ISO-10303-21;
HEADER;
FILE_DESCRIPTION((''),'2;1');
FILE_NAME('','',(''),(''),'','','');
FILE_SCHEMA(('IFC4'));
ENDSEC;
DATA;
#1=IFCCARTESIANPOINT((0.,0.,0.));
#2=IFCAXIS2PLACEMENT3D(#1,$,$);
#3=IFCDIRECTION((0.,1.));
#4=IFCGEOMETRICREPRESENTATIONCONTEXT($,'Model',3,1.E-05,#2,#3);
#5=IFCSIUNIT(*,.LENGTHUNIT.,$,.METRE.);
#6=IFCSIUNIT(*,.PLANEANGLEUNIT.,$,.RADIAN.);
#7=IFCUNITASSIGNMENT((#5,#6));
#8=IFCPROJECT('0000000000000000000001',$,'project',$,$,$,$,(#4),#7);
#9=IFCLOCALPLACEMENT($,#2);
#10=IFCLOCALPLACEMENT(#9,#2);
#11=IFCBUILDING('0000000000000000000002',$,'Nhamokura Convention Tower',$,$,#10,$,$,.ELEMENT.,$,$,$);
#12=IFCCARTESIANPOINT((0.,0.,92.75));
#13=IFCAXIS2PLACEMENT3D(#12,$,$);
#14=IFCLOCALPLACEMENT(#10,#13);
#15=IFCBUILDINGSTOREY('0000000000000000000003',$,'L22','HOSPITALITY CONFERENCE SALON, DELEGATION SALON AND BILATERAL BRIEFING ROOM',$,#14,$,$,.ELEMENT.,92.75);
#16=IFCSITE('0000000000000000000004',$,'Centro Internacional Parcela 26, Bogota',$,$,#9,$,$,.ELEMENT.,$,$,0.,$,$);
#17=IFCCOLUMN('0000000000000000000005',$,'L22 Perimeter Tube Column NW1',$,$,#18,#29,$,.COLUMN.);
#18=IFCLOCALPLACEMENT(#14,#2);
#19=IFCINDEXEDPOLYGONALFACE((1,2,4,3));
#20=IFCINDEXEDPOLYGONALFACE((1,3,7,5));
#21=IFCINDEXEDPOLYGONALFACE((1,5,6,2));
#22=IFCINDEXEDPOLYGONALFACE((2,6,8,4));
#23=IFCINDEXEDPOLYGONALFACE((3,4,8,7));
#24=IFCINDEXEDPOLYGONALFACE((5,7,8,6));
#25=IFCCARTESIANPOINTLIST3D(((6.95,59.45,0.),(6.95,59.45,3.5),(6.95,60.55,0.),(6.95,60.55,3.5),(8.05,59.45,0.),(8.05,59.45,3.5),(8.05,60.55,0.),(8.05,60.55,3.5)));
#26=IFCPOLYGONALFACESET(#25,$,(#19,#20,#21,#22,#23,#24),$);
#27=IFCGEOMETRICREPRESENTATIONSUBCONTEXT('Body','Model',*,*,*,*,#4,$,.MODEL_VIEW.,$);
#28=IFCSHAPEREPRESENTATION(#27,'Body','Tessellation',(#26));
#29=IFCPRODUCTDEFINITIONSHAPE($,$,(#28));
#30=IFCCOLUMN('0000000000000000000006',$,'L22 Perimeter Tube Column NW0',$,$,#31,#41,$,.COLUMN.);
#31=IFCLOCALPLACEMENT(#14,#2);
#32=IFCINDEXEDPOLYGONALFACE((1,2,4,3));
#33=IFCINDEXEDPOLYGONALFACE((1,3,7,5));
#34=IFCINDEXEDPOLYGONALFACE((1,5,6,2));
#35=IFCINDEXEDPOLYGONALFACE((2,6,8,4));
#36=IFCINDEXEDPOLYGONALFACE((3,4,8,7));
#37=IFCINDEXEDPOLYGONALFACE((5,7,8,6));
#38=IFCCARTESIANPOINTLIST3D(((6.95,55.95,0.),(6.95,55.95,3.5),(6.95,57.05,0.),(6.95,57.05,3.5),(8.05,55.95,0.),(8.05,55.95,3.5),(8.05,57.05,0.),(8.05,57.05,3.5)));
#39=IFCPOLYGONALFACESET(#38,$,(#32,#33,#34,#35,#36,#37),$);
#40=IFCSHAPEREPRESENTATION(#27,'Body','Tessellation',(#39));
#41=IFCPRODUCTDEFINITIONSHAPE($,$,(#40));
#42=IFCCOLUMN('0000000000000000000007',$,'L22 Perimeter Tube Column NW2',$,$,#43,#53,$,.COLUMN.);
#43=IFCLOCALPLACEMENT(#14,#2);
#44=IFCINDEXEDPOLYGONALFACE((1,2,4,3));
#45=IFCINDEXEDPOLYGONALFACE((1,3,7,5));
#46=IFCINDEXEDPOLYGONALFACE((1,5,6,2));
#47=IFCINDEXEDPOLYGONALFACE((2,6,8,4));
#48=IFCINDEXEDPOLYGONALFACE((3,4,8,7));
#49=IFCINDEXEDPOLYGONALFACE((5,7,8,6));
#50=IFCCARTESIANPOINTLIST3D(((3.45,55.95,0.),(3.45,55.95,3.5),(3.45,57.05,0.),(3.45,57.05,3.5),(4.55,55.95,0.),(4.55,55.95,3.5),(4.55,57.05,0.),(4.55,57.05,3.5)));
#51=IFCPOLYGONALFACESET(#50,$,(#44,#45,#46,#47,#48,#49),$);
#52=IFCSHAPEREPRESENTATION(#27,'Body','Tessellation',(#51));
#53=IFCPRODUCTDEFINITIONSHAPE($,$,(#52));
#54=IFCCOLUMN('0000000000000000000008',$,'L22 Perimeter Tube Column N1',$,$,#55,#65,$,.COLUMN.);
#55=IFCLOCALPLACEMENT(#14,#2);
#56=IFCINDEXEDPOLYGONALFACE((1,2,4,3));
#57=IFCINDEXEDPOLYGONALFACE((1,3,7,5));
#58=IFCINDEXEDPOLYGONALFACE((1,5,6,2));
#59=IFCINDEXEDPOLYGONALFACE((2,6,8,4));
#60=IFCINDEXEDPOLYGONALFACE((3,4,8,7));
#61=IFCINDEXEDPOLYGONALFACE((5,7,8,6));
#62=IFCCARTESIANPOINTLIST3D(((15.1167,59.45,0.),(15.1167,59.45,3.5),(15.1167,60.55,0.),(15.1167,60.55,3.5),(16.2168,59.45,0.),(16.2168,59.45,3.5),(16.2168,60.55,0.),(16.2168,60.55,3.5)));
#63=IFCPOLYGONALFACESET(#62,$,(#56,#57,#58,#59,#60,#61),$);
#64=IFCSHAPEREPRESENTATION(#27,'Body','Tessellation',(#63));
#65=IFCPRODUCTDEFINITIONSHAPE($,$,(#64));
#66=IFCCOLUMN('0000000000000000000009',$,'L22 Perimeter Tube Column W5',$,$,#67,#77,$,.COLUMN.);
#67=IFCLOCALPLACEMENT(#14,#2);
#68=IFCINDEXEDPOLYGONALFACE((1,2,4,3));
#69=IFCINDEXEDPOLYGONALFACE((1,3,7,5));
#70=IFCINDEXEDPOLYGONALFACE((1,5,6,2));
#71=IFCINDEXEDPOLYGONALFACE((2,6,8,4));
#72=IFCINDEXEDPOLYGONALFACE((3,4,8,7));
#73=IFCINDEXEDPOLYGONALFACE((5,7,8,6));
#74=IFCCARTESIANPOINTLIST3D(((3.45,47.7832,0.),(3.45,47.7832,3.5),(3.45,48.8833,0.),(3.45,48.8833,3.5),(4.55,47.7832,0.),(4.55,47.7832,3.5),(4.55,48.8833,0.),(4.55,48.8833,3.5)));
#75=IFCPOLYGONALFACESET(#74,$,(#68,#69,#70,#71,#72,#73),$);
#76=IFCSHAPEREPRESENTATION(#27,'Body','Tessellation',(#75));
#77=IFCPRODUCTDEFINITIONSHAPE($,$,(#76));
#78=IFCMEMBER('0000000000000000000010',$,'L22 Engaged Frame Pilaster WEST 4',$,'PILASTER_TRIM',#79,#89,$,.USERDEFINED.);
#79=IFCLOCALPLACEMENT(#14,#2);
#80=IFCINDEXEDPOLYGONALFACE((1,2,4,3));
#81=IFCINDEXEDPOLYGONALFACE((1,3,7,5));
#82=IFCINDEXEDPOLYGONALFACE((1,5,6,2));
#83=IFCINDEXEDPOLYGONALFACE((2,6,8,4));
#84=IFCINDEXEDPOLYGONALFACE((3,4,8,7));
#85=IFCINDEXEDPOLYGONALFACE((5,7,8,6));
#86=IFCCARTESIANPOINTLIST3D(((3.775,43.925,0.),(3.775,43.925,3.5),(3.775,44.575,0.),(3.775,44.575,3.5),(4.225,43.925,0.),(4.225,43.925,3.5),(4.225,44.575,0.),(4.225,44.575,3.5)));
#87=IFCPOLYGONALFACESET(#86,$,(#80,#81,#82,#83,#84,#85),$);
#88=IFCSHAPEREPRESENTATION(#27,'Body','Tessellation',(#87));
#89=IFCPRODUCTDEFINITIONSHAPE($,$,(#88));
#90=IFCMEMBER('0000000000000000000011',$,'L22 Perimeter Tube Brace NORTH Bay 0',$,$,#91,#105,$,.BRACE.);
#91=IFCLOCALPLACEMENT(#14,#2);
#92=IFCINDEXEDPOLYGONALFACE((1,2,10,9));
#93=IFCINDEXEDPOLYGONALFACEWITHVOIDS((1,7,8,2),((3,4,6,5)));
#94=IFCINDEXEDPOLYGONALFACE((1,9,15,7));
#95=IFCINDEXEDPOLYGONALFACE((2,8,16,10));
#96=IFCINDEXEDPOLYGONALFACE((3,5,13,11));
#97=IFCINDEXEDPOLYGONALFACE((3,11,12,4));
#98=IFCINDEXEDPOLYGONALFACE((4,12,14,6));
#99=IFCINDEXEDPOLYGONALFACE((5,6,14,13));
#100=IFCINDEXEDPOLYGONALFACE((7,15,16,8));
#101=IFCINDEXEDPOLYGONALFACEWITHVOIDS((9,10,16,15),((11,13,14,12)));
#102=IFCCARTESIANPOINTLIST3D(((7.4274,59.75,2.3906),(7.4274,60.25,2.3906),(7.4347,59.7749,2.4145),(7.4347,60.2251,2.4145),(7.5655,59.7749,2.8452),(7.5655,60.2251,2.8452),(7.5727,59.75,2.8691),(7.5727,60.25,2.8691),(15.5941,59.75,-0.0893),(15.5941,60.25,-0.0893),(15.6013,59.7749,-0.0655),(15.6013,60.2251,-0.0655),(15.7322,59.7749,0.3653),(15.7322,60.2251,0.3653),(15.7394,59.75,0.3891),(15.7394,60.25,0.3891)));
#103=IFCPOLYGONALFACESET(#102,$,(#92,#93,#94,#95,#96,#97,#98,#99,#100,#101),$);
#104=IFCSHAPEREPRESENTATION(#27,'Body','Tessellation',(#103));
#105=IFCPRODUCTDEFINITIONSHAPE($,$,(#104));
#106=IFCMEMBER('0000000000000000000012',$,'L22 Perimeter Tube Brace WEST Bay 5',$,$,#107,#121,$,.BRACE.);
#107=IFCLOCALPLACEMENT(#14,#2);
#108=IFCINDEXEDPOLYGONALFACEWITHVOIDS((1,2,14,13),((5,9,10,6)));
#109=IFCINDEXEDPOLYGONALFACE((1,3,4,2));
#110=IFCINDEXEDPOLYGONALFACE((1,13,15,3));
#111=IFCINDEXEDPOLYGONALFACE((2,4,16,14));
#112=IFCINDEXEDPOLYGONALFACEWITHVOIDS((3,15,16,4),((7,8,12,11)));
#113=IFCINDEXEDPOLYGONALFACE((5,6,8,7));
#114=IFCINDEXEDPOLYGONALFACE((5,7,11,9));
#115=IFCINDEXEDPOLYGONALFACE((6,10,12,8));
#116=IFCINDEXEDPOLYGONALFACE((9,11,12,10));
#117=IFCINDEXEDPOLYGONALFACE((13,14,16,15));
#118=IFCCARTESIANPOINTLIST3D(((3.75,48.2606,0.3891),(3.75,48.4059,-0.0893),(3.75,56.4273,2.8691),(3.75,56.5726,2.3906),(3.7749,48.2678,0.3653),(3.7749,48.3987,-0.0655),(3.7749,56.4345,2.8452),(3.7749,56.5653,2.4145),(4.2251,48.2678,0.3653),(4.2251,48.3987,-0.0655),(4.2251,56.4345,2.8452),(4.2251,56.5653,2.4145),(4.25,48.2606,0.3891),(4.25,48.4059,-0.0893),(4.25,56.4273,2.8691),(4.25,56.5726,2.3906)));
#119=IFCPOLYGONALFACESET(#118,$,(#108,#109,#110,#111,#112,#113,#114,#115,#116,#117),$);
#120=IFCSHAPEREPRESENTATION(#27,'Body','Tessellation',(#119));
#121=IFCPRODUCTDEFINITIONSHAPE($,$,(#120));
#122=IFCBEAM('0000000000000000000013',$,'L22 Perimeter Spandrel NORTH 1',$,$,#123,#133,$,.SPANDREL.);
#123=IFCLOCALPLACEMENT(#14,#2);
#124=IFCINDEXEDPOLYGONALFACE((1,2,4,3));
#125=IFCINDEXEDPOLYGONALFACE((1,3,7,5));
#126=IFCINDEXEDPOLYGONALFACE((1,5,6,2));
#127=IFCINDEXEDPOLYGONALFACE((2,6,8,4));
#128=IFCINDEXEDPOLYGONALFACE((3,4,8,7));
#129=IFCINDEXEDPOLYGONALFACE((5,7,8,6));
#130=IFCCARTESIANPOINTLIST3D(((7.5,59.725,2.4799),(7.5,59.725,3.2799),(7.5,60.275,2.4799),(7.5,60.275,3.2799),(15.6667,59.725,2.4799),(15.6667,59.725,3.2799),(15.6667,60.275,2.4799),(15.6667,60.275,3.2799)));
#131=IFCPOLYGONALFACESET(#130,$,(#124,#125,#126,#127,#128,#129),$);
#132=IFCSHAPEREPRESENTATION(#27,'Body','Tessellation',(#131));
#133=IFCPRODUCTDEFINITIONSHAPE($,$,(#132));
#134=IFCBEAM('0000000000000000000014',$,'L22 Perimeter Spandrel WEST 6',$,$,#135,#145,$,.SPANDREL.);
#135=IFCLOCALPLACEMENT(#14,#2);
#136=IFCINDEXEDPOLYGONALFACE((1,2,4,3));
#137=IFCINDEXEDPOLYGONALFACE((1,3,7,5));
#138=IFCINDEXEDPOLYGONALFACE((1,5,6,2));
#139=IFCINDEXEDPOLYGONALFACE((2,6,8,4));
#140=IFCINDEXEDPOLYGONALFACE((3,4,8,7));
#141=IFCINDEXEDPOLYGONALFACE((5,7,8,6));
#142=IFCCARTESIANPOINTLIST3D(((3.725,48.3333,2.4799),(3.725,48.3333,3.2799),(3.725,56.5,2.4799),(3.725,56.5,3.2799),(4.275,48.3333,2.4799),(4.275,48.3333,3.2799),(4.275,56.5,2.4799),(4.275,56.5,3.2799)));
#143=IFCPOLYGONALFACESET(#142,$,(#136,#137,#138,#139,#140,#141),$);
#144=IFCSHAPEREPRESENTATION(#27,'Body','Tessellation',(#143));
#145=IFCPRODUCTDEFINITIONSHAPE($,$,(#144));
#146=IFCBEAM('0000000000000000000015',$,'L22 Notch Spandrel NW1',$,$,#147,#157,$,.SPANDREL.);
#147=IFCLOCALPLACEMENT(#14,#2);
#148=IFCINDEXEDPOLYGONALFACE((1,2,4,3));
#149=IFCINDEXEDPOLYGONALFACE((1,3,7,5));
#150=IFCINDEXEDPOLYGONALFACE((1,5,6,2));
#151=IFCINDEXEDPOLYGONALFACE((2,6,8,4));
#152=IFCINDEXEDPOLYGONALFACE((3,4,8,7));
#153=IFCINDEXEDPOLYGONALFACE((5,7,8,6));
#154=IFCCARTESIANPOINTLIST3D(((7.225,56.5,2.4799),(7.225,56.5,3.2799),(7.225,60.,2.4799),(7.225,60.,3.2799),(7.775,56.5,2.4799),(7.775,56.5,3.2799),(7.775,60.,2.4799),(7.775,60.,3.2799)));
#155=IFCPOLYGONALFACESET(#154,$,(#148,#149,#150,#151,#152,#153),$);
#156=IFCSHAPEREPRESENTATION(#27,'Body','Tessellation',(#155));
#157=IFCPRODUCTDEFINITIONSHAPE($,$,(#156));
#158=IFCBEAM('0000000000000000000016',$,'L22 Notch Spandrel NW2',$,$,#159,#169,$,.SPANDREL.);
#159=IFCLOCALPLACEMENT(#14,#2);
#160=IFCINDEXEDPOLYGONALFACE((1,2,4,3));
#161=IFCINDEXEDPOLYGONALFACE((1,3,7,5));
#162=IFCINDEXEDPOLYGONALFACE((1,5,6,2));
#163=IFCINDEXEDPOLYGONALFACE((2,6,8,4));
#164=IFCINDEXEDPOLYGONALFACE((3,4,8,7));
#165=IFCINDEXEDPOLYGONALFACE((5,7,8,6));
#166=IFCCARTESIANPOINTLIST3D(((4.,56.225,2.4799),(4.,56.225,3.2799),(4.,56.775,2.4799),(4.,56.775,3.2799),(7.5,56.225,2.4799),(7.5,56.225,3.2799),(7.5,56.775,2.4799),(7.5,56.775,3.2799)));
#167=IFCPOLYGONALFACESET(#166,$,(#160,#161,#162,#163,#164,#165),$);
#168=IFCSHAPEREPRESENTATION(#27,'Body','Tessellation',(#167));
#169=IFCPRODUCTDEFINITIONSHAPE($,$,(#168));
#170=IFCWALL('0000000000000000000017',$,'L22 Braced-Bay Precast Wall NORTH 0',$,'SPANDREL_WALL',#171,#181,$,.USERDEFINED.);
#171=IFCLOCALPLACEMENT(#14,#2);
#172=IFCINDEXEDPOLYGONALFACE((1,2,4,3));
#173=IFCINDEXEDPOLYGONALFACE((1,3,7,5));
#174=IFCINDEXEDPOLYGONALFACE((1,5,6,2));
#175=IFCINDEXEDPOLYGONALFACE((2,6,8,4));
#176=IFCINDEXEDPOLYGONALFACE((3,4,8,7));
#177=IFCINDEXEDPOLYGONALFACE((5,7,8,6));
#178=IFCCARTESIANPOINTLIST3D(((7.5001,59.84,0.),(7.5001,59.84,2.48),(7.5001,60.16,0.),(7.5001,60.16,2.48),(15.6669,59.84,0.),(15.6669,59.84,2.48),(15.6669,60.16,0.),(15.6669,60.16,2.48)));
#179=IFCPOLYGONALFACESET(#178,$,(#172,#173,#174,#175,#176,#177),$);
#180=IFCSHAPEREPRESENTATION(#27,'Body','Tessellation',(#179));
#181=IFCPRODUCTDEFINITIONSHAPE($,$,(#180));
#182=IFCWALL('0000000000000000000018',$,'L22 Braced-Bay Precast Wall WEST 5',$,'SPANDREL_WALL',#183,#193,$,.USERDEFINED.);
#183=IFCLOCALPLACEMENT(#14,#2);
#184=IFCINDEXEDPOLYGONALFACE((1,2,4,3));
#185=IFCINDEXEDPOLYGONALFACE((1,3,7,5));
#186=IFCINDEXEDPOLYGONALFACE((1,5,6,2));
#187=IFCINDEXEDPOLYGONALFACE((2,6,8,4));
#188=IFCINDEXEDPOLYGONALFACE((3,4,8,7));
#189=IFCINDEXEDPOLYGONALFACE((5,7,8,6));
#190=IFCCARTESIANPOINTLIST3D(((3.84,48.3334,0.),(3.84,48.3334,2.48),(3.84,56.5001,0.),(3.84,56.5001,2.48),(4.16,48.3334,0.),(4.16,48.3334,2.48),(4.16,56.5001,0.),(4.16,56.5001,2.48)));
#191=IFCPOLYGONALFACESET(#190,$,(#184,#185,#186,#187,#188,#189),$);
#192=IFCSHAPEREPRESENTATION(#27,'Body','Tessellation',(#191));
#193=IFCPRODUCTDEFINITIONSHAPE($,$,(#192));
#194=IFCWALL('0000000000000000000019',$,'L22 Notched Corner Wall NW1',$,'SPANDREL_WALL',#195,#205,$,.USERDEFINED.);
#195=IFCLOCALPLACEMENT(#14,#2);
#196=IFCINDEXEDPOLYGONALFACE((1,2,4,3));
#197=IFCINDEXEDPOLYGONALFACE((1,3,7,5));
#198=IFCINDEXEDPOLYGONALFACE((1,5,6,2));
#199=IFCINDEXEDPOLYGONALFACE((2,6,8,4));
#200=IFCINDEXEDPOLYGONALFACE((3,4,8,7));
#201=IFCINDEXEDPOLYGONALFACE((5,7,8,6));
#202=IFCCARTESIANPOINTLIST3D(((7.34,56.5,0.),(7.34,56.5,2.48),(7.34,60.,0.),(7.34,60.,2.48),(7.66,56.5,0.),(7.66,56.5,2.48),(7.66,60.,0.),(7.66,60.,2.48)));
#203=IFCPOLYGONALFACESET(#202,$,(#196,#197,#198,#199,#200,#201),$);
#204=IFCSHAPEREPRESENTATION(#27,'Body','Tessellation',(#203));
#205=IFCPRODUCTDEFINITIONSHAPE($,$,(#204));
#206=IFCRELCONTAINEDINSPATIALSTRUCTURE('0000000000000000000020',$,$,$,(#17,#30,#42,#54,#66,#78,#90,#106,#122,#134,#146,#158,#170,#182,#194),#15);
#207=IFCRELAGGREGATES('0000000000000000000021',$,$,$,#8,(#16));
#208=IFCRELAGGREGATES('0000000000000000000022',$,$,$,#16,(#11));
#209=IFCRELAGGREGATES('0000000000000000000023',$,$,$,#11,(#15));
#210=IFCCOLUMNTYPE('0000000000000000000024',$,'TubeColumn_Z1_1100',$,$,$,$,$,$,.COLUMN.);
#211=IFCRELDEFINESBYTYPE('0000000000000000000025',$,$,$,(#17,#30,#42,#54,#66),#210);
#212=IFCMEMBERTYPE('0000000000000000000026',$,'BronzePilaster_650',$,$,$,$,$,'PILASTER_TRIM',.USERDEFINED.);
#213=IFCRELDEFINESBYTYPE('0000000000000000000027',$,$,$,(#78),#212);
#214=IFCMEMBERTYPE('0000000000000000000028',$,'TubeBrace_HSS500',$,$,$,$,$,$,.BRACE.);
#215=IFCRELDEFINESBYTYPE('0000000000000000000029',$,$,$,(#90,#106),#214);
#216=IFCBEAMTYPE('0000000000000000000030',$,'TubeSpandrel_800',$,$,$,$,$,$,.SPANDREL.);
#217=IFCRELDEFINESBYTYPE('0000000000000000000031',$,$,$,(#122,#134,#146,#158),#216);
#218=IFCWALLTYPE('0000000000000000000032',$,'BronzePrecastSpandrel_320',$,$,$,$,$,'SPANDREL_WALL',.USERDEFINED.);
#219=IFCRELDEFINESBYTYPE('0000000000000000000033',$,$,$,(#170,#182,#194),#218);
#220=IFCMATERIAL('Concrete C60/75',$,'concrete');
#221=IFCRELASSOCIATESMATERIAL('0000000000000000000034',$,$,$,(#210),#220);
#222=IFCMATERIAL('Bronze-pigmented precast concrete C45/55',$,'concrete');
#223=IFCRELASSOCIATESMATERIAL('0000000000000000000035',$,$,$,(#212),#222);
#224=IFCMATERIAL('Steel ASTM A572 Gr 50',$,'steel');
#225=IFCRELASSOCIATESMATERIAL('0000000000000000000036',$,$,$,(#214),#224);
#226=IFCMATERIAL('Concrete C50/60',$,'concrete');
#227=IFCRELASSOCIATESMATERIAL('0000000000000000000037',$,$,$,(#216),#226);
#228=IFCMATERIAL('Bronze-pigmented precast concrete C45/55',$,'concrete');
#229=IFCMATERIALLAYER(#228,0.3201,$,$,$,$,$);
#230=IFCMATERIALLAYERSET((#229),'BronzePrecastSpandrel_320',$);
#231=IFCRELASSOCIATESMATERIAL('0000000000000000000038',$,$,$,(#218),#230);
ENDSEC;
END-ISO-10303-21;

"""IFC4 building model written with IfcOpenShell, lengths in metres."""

from ifc_helpers import new_model, si_unit, direction, frame, frame_2d, origin, origin_2d, place, context, subcontext, project, spatial, rectangle, hollow_rectangle, extrude, material, layer, layer_set, material_profile, profile_set, type_object, element, save


model = new_model("IFC4")

# Units and contexts
model_context = context("Model", 3, precision=1e-05, world=origin(), true_north=direction((0.0, 1.0)))
body_context = subcontext(model_context, "Body", "Model", "MODEL_VIEW")
ifc_project = project(units=[si_unit("LENGTHUNIT", "METRE"), si_unit("PLANEANGLEUNIT", "RADIAN")], contexts=[model_context])

# Site, building, storey
site_placement = place(None, origin())
site = spatial("IfcSite", under=ifc_project, at=site_placement, Name="Centro Internacional Parcela 26, Bogota", CompositionType="ELEMENT", RefElevation=0.0)
building_placement = place(site_placement, origin())
building = spatial("IfcBuilding", under=site, at=building_placement, Name="Nhamokura Convention Tower", CompositionType="ELEMENT")
storey_placement = place(building_placement, frame((0.0, 0.0, 92.75)))
storey = spatial("IfcBuildingStorey", under=building, at=storey_placement, Name="L22", Description="HOSPITALITY CONFERENCE SALON, DELEGATION SALON AND BILATERAL BRIEFING ROOM", CompositionType="ELEMENT", Elevation=92.75)

# Columns
ifc_material_1 = material(Name="Concrete C60/75", Category="concrete")
ifc_material_profile_1 = material_profile(ifc_material_1, rectangle(XDim=1.1001, YDim=1.1001, at=origin_2d()))
ifc_profile_set_1 = profile_set([ifc_material_profile_1], Name="Concrete C60/75")
column_type = type_object("IfcColumnType", Name="TubeColumn_Z1_1100", PredefinedType="COLUMN", material=ifc_profile_set_1)
for number, where, z_axis, x_axis, name in (
    (1, (7.5, 60.0, 0.0), (0.0, 0.0, 1.0), (1.0, 0.0, 0.0), "L22 Perimeter Tube Column NW1"),
    (2, (7.5, 56.5, 0.0), (0.0, 0.0, 1.0), (1.0, 0.0, 0.0), "L22 Perimeter Tube Column NW0"),
    (3, (4.0, 56.5, 0.0), (0.0, 0.0, 1.0), (1.0, 0.0, 0.0), "L22 Perimeter Tube Column NW2"),
    (4, (15.6667, 60.0, 0.0), (0.0, 0.0, 1.0), (1.0, 0.0, 0.0), "L22 Perimeter Tube Column N1"),
    (5, (4.0, 48.3333, 0.0), (0.0, 0.0, 1.0), (1.0, 0.0, 0.0), "L22 Perimeter Tube Column W5"),
):
    element("IfcColumn", number, at=place(storey_placement, frame(where, z_axis=z_axis, x_axis=x_axis)), inside=storey, type_object=column_type, Name=name, PredefinedType="COLUMN", context=body_context, shape_type="SweptSolid", body=[
        extrude(rectangle(XDim=1.1001, YDim=1.1001, at=origin_2d()), origin(), (0.0, 0.0, 1.0), 3.5),
    ])

# Members
ifc_material_2 = material(Name="Bronze-pigmented precast concrete C45/55", Category="concrete")
ifc_material_profile_2 = material_profile(ifc_material_2, rectangle(XDim=0.45, YDim=0.6499, at=origin_2d()))
ifc_profile_set_2 = profile_set([ifc_material_profile_2], Name="Bronze-pigmented precast concrete C45/55")
member_type_1 = type_object("IfcMemberType", Name="BronzePilaster_650", ElementType="PILASTER_TRIM", PredefinedType="USERDEFINED", material=ifc_profile_set_2)
member_placement = place(storey_placement, frame((4.0, 44.25, 0.0), z_axis=(0.0, 0.0, 1.0), x_axis=(1.0, 0.0, 0.0)))
element("IfcMember", 6, at=member_placement, inside=storey, type_object=member_type_1, Name="L22 Engaged Frame Pilaster WEST 4", ObjectType="PILASTER_TRIM", PredefinedType="USERDEFINED", context=body_context, shape_type="SweptSolid", body=[
    extrude(rectangle(XDim=0.45, YDim=0.6499, at=origin_2d()), origin(), (0.0, 0.0, 1.0), 3.5),
])
ifc_material_3 = material(Name="Steel ASTM A572 Gr 50", Category="steel")
ifc_material_profile_3 = material_profile(ifc_material_3, hollow_rectangle(XDim=0.5, YDim=0.5, WallThickness=0.0249, at=origin_2d()))
ifc_profile_set_3 = profile_set([ifc_material_profile_3], Name="Steel ASTM A572 Gr 50")
member_type_2 = type_object("IfcMemberType", Name="TubeBrace_HSS500", PredefinedType="BRACE", material=ifc_profile_set_3)
for number, where, z_axis, x_axis, name in (
    (7, (15.6667, 60.0, 0.1499), (-0.956855, 0.0, 0.290566), (0.0, -1.0, 0.0), "L22 Perimeter Tube Brace NORTH Bay 0"),
    (8, (4.0, 48.3333, 0.1499), (0.0, 0.956855, 0.290566), (-1.0, 0.0, 0.0), "L22 Perimeter Tube Brace WEST Bay 5"),
):
    element("IfcMember", number, at=place(storey_placement, frame(where, z_axis=z_axis, x_axis=x_axis)), inside=storey, type_object=member_type_2, Name=name, PredefinedType="BRACE", context=body_context, shape_type="SweptSolid", body=[
        extrude(hollow_rectangle(XDim=0.5, YDim=0.5, WallThickness=0.0249, at=origin_2d()), origin(), (0.0, 0.0, 1.0), 8.5349),
    ])

# Beams
ifc_material_4 = material(Name="Concrete C50/60", Category="concrete")
ifc_material_profile_4 = material_profile(ifc_material_4, rectangle(XDim=0.55, YDim=0.8, at=origin_2d()))
ifc_profile_set_4 = profile_set([ifc_material_profile_4], Name="Concrete C50/60")
beam_type = type_object("IfcBeamType", Name="TubeSpandrel_800", PredefinedType="SPANDREL", material=ifc_profile_set_4)
for number, where, z_axis, x_axis, name in (
    (9, (7.5, 60.0, 2.8799), (1.0, 0.0, 0.0), (0.0, 1.0, 0.0), "L22 Perimeter Spandrel NORTH 1"),
    (10, (4.0, 48.3333, 2.8799), (0.0, 1.0, 0.0), (-1.0, 0.0, 0.0), "L22 Perimeter Spandrel WEST 6"),
):
    element("IfcBeam", number, at=place(storey_placement, frame(where, z_axis=z_axis, x_axis=x_axis)), inside=storey, type_object=beam_type, Name=name, PredefinedType="SPANDREL", context=body_context, shape_type="SweptSolid", body=[
        extrude(rectangle(XDim=0.55, YDim=0.8, at=origin_2d()), origin(), (0.0, 0.0, 1.0), 8.1667),
    ])
for number, where, z_axis, x_axis, name in (
    (11, (7.5, 60.0, 2.8799), (0.0, -1.0, 0.0), (1.0, 0.0, 0.0), "L22 Notch Spandrel NW1"),
    (12, (7.5, 56.5, 2.8799), (-1.0, 0.0, 0.0), (0.0, -1.0, 0.0), "L22 Notch Spandrel NW2"),
):
    element("IfcBeam", number, at=place(storey_placement, frame(where, z_axis=z_axis, x_axis=x_axis)), inside=storey, type_object=beam_type, Name=name, PredefinedType="SPANDREL", context=body_context, shape_type="SweptSolid", body=[
        extrude(rectangle(XDim=0.55, YDim=0.8, at=origin_2d()), origin(), (0.0, 0.0, 1.0), 3.5),
    ])

# Walls
ifc_material_5 = material(Name="Bronze-pigmented precast concrete C45/55", Category="concrete")
ifc_layer_1 = layer(ifc_material_5, 0.3201)
ifc_layer_set_1 = layer_set([ifc_layer_1], Name="BronzePrecastSpandrel_320")
wall_type_1 = type_object("IfcWallType", Name="BronzePrecastSpandrel_320", ElementType="SPANDREL_WALL", PredefinedType="USERDEFINED", material=ifc_layer_set_1)
for number, where, z_axis, x_axis, name in (
    (13, (7.5, 60.0, 0.0), (0.0, 0.0, 1.0), (1.0, 0.0, 0.0), "L22 Braced-Bay Precast Wall NORTH 0"),
    (14, (4.0, 48.3333, 0.0), (0.0, 0.0, 1.0), (0.0, 1.0, 0.0), "L22 Braced-Bay Precast Wall WEST 5"),
):
    element("IfcWall", number, at=place(storey_placement, frame(where, z_axis=z_axis, x_axis=x_axis)), inside=storey, type_object=wall_type_1, Name=name, ObjectType="SPANDREL_WALL", PredefinedType="USERDEFINED", context=body_context, shape_type="SweptSolid", body=[
        extrude(rectangle(XDim=8.1667, YDim=0.3201, at=frame_2d((4.0835, 0.0))), origin(), (0.0, 0.0, 1.0), 2.48),
    ])
for number, where, z_axis, x_axis, name in (
    (15, (7.5, 56.5, 0.0), (0.0, 0.0, 1.0), (0.0, 1.0, 0.0), "L22 Notched Corner Wall NW1"),
):
    element("IfcWall", number, at=place(storey_placement, frame(where, z_axis=z_axis, x_axis=x_axis)), inside=storey, type_object=wall_type_1, Name=name, ObjectType="SPANDREL_WALL", PredefinedType="USERDEFINED", context=body_context, shape_type="SweptSolid", body=[
        extrude(rectangle(XDim=3.5, YDim=0.3201, at=frame_2d((1.75, 0.0))), origin(), (0.0, 0.0, 1.0), 2.48),
    ])

save(model, "model.ifc")
